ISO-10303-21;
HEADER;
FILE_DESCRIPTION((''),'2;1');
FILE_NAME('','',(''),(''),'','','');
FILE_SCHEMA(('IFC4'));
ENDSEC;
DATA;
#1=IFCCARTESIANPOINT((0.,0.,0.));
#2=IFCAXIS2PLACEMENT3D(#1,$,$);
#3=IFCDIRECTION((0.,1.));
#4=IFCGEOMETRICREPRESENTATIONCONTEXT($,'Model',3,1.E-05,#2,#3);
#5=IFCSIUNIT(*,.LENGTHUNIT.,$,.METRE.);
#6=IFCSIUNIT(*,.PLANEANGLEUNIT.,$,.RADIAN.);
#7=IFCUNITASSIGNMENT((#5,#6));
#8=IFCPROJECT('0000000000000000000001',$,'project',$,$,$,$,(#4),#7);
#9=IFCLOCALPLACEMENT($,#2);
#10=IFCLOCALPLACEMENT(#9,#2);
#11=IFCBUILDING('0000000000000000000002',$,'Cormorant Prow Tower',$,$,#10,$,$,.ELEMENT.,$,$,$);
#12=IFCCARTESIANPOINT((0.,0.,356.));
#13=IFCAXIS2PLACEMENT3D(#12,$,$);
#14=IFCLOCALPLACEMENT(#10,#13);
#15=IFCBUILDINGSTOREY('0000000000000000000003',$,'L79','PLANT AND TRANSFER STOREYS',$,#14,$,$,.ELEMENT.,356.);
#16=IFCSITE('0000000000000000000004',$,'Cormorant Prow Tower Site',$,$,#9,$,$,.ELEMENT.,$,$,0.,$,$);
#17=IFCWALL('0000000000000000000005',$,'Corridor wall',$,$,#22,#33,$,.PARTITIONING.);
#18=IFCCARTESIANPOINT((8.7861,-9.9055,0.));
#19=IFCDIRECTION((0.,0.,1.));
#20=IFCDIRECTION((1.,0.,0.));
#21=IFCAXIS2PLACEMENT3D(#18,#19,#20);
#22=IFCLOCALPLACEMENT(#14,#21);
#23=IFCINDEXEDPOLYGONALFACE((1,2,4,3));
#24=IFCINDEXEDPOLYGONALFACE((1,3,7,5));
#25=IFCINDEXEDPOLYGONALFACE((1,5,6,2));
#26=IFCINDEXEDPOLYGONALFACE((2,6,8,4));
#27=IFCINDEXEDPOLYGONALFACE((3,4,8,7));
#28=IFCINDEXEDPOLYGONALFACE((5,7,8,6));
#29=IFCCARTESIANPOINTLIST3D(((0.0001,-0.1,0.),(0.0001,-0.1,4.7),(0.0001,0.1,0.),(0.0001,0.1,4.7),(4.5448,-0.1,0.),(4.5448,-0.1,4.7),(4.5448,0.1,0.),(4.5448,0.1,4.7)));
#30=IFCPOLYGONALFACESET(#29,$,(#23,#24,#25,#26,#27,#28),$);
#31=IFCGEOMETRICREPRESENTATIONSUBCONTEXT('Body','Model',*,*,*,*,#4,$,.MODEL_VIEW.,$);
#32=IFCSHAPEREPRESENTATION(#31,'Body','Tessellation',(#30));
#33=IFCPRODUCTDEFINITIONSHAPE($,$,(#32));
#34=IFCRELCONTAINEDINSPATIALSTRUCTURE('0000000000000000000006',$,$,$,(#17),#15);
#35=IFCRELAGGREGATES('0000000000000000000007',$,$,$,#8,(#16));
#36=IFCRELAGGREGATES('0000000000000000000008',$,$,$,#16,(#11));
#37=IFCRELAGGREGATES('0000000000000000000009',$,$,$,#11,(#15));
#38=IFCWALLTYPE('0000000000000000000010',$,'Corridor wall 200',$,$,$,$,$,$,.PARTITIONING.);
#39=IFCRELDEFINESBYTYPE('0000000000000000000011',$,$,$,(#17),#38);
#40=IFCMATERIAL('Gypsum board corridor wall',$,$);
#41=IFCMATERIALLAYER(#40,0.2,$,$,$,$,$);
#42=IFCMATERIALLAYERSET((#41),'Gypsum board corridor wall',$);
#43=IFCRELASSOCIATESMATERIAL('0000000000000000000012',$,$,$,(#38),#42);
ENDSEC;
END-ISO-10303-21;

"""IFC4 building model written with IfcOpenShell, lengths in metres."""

from ifc_helpers import new_model, si_unit, direction, frame, frame_2d, origin, place, context, subcontext, project, spatial, rectangle, extrude, material, layer, layer_set, type_object, element, save


model = new_model("IFC4")

# Units and contexts
model_context = context("Model", 3, precision=1e-05, world=origin(), true_north=direction((0.0, 1.0)))
body_context = subcontext(model_context, "Body", "Model", "MODEL_VIEW")
ifc_project = project(units=[si_unit("LENGTHUNIT", "METRE"), si_unit("PLANEANGLEUNIT", "RADIAN")], contexts=[model_context])

# Site, building, storey
site_placement = place(None, origin())
site = spatial("IfcSite", under=ifc_project, at=site_placement, Name="Cormorant Prow Tower Site", CompositionType="ELEMENT", RefElevation=0.0)
building_placement = place(site_placement, origin())
building = spatial("IfcBuilding", under=site, at=building_placement, Name="Cormorant Prow Tower", CompositionType="ELEMENT")
storey_placement = place(building_placement, frame((0.0, 0.0, 356.0)))
storey = spatial("IfcBuildingStorey", under=building, at=storey_placement, Name="L79", Description="PLANT AND TRANSFER STOREYS", CompositionType="ELEMENT", Elevation=356.0)

# Shared definitions
ifc_material_1 = material(Name="Gypsum board corridor wall")
ifc_layer_1 = layer(ifc_material_1, 0.2)
ifc_layer_set_1 = layer_set([ifc_layer_1], Name="Gypsum board corridor wall")
wall_type_1 = type_object("IfcWallType", Name="Corridor wall 200", PredefinedType="PARTITIONING", material=ifc_layer_set_1)

# Wall
wall_1_placement = place(storey_placement, frame((8.7861, -9.9055, 0.0), z_axis=(0.0, 0.0, 1.0), x_axis=(1.0, 0.0, 0.0)))
element("IfcWall", 1, at=wall_1_placement, inside=storey, type_object=wall_type_1, Name="Corridor wall", PredefinedType="PARTITIONING", context=body_context, shape_type="SweptSolid", body=[
    extrude(rectangle(XDim=4.5447, YDim=0.2, at=frame_2d((2.2725, 0.0))), origin(), (0.0, 0.0, 1.0), 4.7),
])

save(model, "model.ifc")
